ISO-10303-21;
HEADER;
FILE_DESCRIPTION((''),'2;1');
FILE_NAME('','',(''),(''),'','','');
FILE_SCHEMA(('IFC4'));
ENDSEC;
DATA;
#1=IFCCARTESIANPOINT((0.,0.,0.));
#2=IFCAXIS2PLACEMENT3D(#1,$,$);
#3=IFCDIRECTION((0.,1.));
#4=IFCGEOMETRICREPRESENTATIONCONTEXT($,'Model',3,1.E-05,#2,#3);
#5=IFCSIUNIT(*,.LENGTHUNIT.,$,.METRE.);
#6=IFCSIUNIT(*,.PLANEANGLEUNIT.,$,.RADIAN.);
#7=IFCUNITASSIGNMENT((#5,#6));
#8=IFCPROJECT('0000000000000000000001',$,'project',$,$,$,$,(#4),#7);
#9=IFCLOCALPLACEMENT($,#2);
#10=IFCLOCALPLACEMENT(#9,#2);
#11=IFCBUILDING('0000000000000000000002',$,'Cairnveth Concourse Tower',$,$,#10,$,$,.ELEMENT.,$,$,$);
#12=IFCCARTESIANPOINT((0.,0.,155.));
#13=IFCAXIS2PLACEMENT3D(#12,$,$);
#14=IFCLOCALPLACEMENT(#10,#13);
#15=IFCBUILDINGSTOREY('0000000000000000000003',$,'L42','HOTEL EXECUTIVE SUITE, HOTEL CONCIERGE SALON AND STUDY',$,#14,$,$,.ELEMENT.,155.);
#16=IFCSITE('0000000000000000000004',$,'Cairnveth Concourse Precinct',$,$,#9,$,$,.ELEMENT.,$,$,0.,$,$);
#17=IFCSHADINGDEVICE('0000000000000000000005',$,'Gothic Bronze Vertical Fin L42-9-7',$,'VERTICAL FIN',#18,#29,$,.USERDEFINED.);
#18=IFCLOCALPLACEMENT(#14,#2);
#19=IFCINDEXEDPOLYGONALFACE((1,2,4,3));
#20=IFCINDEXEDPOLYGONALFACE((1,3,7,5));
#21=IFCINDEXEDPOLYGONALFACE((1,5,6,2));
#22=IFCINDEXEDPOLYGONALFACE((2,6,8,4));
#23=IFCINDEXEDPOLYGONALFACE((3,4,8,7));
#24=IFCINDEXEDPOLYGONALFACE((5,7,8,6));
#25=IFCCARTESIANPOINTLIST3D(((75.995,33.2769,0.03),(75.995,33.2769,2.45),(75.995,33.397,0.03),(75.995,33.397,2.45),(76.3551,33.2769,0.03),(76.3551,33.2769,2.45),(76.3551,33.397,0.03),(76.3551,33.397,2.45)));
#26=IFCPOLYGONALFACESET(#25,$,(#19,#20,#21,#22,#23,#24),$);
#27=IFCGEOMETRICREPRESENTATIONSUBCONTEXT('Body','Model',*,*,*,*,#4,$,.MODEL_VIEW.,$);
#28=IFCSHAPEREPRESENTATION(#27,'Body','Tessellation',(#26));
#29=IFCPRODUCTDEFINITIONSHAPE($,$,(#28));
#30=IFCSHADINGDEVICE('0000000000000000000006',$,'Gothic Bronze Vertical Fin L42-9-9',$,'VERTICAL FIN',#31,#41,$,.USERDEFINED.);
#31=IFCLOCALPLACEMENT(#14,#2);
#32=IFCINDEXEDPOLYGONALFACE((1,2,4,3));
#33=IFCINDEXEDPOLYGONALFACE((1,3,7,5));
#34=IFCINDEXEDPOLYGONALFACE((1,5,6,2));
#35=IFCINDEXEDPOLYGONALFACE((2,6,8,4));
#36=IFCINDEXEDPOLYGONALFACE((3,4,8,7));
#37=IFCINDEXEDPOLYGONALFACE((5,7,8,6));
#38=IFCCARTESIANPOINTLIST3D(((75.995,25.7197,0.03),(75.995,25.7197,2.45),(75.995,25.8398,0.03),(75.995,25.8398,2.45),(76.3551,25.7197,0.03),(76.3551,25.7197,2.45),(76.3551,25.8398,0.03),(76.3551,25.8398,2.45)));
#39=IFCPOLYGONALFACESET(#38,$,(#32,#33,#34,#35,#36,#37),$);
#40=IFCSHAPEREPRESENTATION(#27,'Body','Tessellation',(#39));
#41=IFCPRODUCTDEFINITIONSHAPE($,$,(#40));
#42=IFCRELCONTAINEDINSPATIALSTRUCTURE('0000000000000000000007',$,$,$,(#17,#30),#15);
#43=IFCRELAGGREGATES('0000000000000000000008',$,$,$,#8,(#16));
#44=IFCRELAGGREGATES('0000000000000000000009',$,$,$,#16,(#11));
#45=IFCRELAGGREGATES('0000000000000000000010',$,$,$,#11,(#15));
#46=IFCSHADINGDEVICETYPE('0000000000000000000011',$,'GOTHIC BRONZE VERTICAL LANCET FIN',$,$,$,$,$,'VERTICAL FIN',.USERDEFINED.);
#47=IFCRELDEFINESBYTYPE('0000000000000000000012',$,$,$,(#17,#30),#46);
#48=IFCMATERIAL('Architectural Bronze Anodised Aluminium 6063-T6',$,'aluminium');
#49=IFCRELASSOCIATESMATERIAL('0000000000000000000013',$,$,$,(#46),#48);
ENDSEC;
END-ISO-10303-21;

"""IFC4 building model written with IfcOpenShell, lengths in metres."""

from ifc_helpers import new_model, si_unit, direction, frame, origin, origin_2d, place, context, subcontext, project, spatial, rectangle, extrude, material, type_object, element, save


model = new_model("IFC4")

# Units and contexts
model_context = context("Model", 3, precision=1e-05, world=origin(), true_north=direction((0.0, 1.0)))
body_context = subcontext(model_context, "Body", "Model", "MODEL_VIEW")
ifc_project = project(units=[si_unit("LENGTHUNIT", "METRE"), si_unit("PLANEANGLEUNIT", "RADIAN")], contexts=[model_context])

# Site, building, storey
site_placement = place(None, origin())
site = spatial("IfcSite", under=ifc_project, at=site_placement, Name="Cairnveth Concourse Precinct", CompositionType="ELEMENT", RefElevation=0.0)
building_placement = place(site_placement, origin())
building = spatial("IfcBuilding", under=site, at=building_placement, Name="Cairnveth Concourse Tower", CompositionType="ELEMENT")
storey_placement = place(building_placement, frame((0.0, 0.0, 155.0)))
storey = spatial("IfcBuildingStorey", under=building, at=storey_placement, Name="L42", Description="HOTEL EXECUTIVE SUITE, HOTEL CONCIERGE SALON AND STUDY", CompositionType="ELEMENT", Elevation=155.0)

# Shading devices
ifc_material_1 = material(Name="Architectural Bronze Anodised Aluminium 6063-T6", Category="aluminium")
shading_device_type = type_object("IfcShadingDeviceType", Name="GOTHIC BRONZE VERTICAL LANCET FIN", ElementType="VERTICAL FIN", PredefinedType="USERDEFINED", material=ifc_material_1)
for number, where, z_axis, x_axis, name in (
    (1, (76.175, 33.3369, 0.03), (0.0, 0.0, 1.0), (0.0, 1.0, 0.0), "Gothic Bronze Vertical Fin L42-9-7"),
    (2, (76.175, 25.7798, 0.03), (0.0, 0.0, 1.0), (0.0, 1.0, 0.0), "Gothic Bronze Vertical Fin L42-9-9"),
):
    element("IfcShadingDevice", number, at=place(storey_placement, frame(where, z_axis=z_axis, x_axis=x_axis)), inside=storey, type_object=shading_device_type, Name=name, ObjectType="VERTICAL FIN", PredefinedType="USERDEFINED", context=body_context, shape_type="SweptSolid", body=[
        extrude(rectangle(XDim=0.1201, YDim=0.3601, at=origin_2d()), origin(), (0.0, 0.0, 1.0), 2.4199),
    ])

save(model, "model.ifc")
